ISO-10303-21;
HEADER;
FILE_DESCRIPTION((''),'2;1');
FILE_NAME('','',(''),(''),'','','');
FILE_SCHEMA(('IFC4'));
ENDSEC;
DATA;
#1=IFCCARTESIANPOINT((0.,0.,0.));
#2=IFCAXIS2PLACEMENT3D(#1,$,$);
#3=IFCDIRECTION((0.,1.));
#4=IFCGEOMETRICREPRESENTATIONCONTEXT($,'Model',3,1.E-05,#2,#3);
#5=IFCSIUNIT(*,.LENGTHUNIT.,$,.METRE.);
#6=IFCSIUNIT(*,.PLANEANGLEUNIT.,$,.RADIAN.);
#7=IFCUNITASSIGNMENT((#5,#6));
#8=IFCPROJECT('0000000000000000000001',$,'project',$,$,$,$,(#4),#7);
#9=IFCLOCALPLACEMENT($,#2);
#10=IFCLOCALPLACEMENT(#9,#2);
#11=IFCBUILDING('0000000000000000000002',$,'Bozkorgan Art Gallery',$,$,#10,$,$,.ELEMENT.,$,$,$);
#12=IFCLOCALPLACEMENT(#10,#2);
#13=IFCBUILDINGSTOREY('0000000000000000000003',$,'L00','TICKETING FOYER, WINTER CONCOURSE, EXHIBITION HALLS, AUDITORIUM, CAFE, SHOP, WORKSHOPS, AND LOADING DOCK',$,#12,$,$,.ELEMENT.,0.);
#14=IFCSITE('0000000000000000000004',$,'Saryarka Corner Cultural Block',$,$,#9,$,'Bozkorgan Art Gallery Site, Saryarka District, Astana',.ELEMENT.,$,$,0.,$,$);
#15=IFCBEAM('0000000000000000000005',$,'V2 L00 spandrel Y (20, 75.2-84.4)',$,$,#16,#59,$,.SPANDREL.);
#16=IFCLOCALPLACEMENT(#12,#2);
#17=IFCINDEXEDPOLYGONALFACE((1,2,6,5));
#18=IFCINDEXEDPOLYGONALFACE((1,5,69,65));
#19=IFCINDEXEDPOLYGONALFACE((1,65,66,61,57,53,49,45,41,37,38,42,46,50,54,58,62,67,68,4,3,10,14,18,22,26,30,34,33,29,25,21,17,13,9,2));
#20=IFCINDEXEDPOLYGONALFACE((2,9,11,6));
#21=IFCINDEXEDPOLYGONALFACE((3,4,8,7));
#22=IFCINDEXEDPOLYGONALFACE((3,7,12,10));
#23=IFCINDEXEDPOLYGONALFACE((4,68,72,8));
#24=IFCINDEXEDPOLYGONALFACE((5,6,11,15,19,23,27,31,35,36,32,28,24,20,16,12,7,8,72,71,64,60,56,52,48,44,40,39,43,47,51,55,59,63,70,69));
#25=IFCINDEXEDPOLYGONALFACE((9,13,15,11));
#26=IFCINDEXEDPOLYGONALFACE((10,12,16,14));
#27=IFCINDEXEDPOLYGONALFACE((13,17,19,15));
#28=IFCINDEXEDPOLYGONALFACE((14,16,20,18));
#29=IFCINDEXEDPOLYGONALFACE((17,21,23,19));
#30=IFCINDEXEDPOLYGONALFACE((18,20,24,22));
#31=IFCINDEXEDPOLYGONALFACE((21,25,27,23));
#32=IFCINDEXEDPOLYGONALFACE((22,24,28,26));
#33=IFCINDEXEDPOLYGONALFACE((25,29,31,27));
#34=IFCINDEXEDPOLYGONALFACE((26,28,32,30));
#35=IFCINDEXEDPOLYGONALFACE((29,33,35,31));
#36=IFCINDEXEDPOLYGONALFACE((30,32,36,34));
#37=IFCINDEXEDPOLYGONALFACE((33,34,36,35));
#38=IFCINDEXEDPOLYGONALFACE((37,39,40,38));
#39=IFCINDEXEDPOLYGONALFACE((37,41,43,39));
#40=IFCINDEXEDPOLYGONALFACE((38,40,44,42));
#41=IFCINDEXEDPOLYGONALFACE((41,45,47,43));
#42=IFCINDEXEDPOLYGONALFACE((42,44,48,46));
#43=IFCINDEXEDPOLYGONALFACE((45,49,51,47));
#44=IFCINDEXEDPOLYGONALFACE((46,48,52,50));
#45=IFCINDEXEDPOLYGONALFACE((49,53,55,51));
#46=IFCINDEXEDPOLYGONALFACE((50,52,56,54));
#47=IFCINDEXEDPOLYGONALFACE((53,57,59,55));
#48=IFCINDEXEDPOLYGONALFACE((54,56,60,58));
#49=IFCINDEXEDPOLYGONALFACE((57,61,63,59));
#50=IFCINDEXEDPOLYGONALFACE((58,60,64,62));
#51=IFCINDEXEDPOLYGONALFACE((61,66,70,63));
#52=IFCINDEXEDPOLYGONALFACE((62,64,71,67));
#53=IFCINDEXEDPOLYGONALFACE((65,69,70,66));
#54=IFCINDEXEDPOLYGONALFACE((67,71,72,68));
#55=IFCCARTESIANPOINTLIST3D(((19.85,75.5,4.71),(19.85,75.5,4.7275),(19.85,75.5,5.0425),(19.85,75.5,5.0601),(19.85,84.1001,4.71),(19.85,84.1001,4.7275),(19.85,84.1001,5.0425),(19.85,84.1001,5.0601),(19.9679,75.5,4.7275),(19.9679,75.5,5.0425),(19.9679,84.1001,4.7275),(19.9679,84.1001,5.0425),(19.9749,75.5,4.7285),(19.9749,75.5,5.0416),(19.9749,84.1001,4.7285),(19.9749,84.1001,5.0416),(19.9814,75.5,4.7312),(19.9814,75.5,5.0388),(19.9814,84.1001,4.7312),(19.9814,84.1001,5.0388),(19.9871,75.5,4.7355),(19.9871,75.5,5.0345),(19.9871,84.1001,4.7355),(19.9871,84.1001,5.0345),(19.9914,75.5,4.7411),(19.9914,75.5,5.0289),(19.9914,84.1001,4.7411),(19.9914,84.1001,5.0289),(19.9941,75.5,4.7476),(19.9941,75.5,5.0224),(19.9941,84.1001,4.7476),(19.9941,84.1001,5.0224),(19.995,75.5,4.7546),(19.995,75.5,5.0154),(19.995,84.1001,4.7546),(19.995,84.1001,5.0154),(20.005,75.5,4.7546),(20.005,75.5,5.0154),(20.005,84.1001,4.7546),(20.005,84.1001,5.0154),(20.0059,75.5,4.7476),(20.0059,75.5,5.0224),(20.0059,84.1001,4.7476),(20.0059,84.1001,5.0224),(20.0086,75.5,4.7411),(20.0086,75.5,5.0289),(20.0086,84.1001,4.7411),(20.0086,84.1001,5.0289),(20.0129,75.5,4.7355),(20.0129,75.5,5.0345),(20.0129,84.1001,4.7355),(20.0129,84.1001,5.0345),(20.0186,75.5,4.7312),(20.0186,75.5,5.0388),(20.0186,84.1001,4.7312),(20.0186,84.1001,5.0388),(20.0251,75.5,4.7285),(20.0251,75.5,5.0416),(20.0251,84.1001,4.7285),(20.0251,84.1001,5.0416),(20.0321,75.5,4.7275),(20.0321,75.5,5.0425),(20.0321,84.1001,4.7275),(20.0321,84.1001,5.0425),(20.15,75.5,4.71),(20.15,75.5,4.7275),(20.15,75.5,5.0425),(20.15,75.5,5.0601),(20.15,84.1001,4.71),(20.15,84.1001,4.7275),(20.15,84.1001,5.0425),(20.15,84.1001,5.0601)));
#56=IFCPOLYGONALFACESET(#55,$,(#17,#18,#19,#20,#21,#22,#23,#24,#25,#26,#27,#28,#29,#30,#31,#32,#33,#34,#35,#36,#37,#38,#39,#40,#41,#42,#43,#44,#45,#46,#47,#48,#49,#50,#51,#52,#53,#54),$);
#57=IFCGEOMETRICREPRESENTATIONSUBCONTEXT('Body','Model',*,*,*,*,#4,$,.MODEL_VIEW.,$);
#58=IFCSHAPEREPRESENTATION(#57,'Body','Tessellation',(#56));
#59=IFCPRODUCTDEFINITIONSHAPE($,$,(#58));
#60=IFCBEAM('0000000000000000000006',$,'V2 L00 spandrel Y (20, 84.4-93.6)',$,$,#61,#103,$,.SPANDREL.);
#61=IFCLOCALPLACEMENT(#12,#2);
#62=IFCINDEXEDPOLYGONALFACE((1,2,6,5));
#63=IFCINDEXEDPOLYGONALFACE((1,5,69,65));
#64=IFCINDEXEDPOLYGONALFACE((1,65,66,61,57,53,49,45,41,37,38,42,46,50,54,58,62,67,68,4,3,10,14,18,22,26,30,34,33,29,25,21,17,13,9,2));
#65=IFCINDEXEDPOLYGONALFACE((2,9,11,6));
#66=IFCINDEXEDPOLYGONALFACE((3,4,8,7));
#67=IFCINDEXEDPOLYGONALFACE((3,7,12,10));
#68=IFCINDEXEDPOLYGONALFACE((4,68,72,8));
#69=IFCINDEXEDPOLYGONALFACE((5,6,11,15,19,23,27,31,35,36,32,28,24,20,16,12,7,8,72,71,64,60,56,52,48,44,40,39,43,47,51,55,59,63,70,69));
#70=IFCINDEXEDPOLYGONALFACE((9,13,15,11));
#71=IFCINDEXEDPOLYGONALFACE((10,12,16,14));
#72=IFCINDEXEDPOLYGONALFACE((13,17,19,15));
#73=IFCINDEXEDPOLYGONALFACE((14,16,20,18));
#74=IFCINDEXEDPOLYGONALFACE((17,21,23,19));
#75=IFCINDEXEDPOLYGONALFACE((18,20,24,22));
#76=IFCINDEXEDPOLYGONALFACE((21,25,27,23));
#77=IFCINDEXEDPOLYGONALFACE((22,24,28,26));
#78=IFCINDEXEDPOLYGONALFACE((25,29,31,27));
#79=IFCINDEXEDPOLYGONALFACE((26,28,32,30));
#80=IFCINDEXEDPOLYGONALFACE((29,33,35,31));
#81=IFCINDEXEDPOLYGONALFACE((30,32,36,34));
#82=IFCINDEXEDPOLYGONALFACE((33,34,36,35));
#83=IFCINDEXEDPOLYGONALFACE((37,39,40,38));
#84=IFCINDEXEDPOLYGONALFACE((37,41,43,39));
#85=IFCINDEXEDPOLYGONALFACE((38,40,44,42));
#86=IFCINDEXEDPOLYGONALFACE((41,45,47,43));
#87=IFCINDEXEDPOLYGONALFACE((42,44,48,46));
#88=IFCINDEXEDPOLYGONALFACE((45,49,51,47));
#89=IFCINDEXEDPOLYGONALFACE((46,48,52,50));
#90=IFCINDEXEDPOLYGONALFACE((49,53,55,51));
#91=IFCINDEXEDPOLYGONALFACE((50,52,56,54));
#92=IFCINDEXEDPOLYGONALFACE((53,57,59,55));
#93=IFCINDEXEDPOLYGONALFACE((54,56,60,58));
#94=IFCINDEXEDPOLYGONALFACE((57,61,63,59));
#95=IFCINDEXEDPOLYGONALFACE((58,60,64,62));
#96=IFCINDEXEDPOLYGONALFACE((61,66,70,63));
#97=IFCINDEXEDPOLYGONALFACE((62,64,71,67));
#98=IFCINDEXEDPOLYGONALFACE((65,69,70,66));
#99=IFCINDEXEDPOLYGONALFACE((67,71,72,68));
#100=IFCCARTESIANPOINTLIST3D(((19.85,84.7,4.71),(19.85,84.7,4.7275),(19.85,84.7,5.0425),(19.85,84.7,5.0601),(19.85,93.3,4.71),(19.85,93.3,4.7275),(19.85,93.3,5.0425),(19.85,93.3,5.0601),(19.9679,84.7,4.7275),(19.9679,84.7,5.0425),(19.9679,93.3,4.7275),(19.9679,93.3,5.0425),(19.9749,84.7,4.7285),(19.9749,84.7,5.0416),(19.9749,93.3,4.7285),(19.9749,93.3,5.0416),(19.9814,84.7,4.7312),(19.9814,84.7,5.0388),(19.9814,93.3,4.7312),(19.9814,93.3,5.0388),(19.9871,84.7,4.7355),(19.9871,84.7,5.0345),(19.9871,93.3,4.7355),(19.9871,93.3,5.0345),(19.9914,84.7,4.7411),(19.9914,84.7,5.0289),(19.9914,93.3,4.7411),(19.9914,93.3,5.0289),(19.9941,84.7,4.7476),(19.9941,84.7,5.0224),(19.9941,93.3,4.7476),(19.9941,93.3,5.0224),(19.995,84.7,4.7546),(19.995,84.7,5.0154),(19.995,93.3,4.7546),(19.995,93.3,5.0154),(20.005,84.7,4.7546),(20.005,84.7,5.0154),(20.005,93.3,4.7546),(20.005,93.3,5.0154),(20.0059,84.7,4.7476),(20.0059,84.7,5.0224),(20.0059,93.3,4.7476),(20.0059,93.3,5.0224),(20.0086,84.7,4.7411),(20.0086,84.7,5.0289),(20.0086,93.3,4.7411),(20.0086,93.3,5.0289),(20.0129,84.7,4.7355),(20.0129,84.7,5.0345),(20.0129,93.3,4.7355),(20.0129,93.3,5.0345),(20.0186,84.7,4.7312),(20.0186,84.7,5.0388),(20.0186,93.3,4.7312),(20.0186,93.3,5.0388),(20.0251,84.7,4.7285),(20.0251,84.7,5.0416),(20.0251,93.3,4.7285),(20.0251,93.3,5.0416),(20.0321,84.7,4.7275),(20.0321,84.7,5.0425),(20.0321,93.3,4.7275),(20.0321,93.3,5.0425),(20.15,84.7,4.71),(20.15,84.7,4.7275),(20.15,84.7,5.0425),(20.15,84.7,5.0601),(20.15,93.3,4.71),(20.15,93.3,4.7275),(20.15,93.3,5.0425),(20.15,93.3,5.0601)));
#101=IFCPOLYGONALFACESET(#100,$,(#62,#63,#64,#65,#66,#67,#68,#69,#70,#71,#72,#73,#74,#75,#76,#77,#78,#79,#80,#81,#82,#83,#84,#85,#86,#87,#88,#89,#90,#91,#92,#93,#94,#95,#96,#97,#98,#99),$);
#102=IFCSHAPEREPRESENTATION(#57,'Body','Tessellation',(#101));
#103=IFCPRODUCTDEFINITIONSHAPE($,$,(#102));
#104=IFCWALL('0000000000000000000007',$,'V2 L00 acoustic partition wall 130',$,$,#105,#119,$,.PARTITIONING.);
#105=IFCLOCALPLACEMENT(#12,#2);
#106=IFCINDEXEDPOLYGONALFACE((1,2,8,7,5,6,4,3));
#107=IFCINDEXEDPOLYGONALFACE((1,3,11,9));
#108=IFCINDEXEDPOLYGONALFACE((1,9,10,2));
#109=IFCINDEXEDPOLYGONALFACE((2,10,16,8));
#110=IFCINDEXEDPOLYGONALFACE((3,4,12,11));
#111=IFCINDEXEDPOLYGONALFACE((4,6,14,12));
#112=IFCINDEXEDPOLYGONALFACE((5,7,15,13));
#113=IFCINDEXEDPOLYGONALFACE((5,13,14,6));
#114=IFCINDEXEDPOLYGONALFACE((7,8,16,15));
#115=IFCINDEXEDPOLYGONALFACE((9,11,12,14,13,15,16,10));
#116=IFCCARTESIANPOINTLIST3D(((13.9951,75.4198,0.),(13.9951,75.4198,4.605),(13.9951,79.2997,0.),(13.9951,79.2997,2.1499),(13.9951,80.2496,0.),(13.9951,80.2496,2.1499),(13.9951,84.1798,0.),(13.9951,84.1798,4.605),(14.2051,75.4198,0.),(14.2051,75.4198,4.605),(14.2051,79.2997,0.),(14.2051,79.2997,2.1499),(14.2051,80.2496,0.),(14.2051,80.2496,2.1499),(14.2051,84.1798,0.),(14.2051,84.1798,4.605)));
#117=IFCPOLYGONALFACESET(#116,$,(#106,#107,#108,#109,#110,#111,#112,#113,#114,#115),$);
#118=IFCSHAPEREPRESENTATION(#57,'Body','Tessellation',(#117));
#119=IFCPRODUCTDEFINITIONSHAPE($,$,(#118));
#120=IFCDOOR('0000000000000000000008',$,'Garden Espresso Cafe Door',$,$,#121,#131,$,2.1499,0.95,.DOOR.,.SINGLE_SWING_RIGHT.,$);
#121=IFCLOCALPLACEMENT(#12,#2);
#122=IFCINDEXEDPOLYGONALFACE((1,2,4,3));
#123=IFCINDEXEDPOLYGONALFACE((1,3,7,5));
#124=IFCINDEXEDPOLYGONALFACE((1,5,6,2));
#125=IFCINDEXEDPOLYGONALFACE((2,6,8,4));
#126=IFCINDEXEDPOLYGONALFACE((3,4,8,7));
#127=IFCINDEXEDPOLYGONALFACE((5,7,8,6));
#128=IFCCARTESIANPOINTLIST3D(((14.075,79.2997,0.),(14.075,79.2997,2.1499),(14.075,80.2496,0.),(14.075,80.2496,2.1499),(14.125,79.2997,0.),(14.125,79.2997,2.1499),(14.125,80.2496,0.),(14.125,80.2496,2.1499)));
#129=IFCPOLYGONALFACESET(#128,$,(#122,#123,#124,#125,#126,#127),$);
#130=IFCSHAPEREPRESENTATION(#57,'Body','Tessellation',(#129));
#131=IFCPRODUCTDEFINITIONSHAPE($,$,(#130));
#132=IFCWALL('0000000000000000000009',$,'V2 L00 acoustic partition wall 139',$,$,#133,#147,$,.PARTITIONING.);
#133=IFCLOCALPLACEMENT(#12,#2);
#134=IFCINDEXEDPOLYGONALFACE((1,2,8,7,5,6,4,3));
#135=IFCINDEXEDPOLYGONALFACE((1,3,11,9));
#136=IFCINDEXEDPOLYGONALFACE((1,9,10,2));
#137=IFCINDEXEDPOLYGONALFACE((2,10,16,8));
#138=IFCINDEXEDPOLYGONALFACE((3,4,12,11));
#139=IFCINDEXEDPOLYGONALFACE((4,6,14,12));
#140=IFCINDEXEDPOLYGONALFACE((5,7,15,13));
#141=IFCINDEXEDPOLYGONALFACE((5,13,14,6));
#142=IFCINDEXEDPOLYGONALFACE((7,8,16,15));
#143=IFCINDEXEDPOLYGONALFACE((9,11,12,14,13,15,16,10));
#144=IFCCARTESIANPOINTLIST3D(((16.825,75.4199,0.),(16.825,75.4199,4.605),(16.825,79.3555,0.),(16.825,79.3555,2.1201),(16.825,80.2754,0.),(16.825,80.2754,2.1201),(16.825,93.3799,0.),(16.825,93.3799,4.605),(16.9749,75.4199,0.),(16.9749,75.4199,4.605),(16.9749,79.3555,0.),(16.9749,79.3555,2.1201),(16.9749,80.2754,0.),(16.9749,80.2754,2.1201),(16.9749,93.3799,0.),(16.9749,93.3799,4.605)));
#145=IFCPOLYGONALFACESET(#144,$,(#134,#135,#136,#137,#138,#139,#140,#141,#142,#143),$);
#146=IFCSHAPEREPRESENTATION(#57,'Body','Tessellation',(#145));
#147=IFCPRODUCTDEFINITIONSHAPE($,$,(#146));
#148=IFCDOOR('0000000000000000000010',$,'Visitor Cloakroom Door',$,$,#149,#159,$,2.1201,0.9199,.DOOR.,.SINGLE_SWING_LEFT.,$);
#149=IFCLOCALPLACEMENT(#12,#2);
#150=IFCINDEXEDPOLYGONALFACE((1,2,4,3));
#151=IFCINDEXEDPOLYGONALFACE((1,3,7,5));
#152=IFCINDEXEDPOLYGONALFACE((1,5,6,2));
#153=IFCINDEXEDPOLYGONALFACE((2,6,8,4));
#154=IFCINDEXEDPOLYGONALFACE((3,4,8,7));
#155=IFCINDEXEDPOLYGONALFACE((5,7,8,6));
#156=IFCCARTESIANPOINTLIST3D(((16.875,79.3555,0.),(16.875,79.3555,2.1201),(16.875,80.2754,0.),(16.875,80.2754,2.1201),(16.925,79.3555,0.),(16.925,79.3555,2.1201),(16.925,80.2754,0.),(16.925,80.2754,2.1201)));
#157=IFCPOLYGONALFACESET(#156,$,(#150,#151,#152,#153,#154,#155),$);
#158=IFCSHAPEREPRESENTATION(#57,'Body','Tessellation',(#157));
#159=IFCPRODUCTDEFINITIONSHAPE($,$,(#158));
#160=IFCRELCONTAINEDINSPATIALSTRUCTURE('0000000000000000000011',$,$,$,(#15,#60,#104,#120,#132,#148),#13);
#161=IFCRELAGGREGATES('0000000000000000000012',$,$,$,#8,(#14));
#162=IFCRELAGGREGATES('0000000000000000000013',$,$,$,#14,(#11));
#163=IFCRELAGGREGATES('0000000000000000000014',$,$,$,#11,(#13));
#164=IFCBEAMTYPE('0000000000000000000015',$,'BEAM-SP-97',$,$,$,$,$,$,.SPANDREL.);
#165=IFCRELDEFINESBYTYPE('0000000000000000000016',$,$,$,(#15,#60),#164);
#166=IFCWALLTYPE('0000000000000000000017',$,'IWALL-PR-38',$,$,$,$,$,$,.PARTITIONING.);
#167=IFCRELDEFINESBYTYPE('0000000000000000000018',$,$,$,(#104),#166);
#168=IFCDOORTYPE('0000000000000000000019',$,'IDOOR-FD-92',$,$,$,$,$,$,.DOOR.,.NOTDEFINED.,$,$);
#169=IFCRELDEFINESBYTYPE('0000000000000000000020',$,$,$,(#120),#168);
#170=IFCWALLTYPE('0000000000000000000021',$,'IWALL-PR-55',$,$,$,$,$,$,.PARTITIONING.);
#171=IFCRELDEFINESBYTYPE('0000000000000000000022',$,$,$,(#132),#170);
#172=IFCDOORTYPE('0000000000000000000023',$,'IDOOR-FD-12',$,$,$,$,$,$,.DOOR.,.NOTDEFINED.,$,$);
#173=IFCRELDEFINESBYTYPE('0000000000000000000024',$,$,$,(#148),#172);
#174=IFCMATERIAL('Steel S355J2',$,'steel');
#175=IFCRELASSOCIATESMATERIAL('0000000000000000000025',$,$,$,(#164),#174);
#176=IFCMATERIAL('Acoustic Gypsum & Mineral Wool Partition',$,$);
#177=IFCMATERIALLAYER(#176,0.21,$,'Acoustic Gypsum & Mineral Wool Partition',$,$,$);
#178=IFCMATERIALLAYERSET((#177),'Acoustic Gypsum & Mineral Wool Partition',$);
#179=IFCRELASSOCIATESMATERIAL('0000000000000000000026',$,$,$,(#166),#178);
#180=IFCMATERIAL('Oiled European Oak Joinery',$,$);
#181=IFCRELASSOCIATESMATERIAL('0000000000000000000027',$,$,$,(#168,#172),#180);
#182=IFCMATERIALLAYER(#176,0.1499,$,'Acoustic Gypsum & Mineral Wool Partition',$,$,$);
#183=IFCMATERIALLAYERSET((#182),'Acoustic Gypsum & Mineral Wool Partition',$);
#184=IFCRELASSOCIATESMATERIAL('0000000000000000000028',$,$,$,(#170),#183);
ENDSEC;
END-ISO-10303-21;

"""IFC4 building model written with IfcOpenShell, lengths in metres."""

from ifc_helpers import new_model, si_unit, direction, frame, frame_2d, origin, origin_2d, place, context, subcontext, project, spatial, rectangle, i_section, extrude, material, layer, layer_set, material_profile, profile_set, type_object, element, fill, save


model = new_model("IFC4")

# Units and contexts
model_context = context("Model", 3, precision=1e-05, world=origin(), true_north=direction((0.0, 1.0)))
body_context = subcontext(model_context, "Body", "Model", "MODEL_VIEW")
ifc_project = project(units=[si_unit("LENGTHUNIT", "METRE"), si_unit("PLANEANGLEUNIT", "RADIAN")], contexts=[model_context])

# Site, building, storey
site_placement = place(None, origin())
site = spatial("IfcSite", under=ifc_project, at=site_placement, Name="Saryarka Corner Cultural Block", LongName="Bozkorgan Art Gallery Site, Saryarka District, Astana", CompositionType="ELEMENT", RefElevation=0.0)
building_placement = place(site_placement, origin())
building = spatial("IfcBuilding", under=site, at=building_placement, Name="Bozkorgan Art Gallery", CompositionType="ELEMENT")
storey_placement = place(building_placement, origin())
storey = spatial("IfcBuildingStorey", under=building, at=storey_placement, Name="L00", Description="TICKETING FOYER, WINTER CONCOURSE, EXHIBITION HALLS, AUDITORIUM, CAFE, SHOP, WORKSHOPS, AND LOADING DOCK", CompositionType="ELEMENT", Elevation=0.0)

# Beams
ifc_material_1 = material(Name="Steel S355J2", Category="steel")
ifc_material_profile_1 = material_profile(ifc_material_1, i_section(OverallWidth=0.3, OverallDepth=0.3501, WebThickness=0.01, FlangeThickness=0.0176, FilletRadius=0.0271, at=origin_2d()), Name="HEA 360")
ifc_profile_set_1 = profile_set([ifc_material_profile_1], Name="Steel S355J2")
beam_type_1 = type_object("IfcBeamType", Name="BEAM-SP-97", PredefinedType="SPANDREL", material=ifc_profile_set_1)
for number, where, z_axis, x_axis, name in (
    (1, (20.0, 75.5, 4.885), (0.0, 1.0, 0.0), (-1.0, 0.0, 0.0), "V2 L00 spandrel Y (20, 75.2-84.4)"),
    (2, (20.0, 84.7, 4.885), (0.0, 1.0, 0.0), (-1.0, 0.0, 0.0), "V2 L00 spandrel Y (20, 84.4-93.6)"),
):
    element("IfcBeam", number, at=place(storey_placement, frame(where, z_axis=z_axis, x_axis=x_axis)), inside=storey, type_object=beam_type_1, Name=name, PredefinedType="SPANDREL", context=body_context, shape_type="SweptSolid", body=[
        extrude(i_section(OverallWidth=0.3, OverallDepth=0.3501, WebThickness=0.01, FlangeThickness=0.0176, FilletRadius=0.0271, at=origin_2d()), origin(), (0.0, 0.0, 1.0), 8.6001),
    ])

# Walls, openings, doors
ifc_material_2 = material(Name="Acoustic Gypsum & Mineral Wool Partition")
ifc_layer_1 = layer(ifc_material_2, 0.21, Name="Acoustic Gypsum & Mineral Wool Partition")
ifc_layer_set_1 = layer_set([ifc_layer_1], Name="Acoustic Gypsum & Mineral Wool Partition")
wall_type_1 = type_object("IfcWallType", Name="IWALL-PR-38", PredefinedType="PARTITIONING", material=ifc_layer_set_1)
wall_1_placement = place(storey_placement, frame((14.1001, 75.4199, 0.0), z_axis=(0.0, 0.0, 1.0), x_axis=(0.0, 1.0, 0.0)))
wall_1 = element("IfcWall", 3, at=wall_1_placement, inside=storey, type_object=wall_type_1, Name="V2 L00 acoustic partition wall 130", PredefinedType="PARTITIONING", context=body_context, shape_type="SweptSolid", body=[
    extrude(rectangle(XDim=8.76, YDim=0.21, at=frame_2d((4.3799, 0.0))), origin(), (0.0, 0.0, 1.0), 4.605),
])
opening_1_placement = place(wall_1_placement, frame((4.8298, 0.0, 0.0), z_axis=(0.0, 0.0, 1.0), x_axis=(-1.0, 0.0, 0.0)))
opening_1 = element("IfcOpeningElement", 4, at=opening_1_placement, cuts=wall_1, PredefinedType="OPENING", context=body_context, shape_type="SweptSolid", body=[
    extrude(rectangle(XDim=0.95, YDim=2.1499, at=frame_2d((0.4751, 1.075))), frame((0.0, 0.115, 0.0), z_axis=(0.0, -1.0, 0.0), x_axis=(1.0, 0.0, 0.0)), (0.0, 0.0, 1.0), 0.23),
])
ifc_material_3 = material(Name="Oiled European Oak Joinery")
door_type_1 = type_object("IfcDoorType", Name="IDOOR-FD-92", OperationType="NOTDEFINED", PredefinedType="DOOR", material=ifc_material_3)
door_1_placement = place(opening_1_placement, origin())
door_1 = element("IfcDoor", 5, at=door_1_placement, inside=storey, type_object=door_type_1, Name="Garden Espresso Cafe Door", OperationType="SINGLE_SWING_RIGHT", OverallHeight=2.1499, OverallWidth=0.95, PredefinedType="DOOR", context=body_context, shape_type="SweptSolid", body=[
    extrude(rectangle(XDim=0.95, YDim=2.1499, at=frame_2d((0.4751, 1.075))), frame((0.0, 0.0249, 0.0), z_axis=(0.0, -1.0, 0.0), x_axis=(1.0, 0.0, 0.0)), (0.0, 0.0, 1.0), 0.05),
])
fill(opening_1, door_1)
ifc_layer_2 = layer(ifc_material_2, 0.1499, Name="Acoustic Gypsum & Mineral Wool Partition")
ifc_layer_set_2 = layer_set([ifc_layer_2], Name="Acoustic Gypsum & Mineral Wool Partition")
wall_type_2 = type_object("IfcWallType", Name="IWALL-PR-55", PredefinedType="PARTITIONING", material=ifc_layer_set_2)
wall_2_placement = place(storey_placement, frame((16.8999, 75.4199, 0.0), z_axis=(0.0, 0.0, 1.0), x_axis=(0.0, 1.0, 0.0)))
wall_2 = element("IfcWall", 6, at=wall_2_placement, inside=storey, type_object=wall_type_2, Name="V2 L00 acoustic partition wall 139", PredefinedType="PARTITIONING", context=body_context, shape_type="SweptSolid", body=[
    extrude(rectangle(XDim=17.96, YDim=0.1499, at=frame_2d((8.98, 0.0))), origin(), (0.0, 0.0, 1.0), 4.605),
])
opening_2_placement = place(wall_2_placement, frame((3.9355, 0.0, 0.0)))
opening_2 = element("IfcOpeningElement", 7, at=opening_2_placement, cuts=wall_2, PredefinedType="OPENING", context=body_context, shape_type="SweptSolid", body=[
    extrude(rectangle(XDim=0.9199, YDim=2.1201, at=frame_2d((0.46, 1.0601))), frame((0.0, 0.085, 0.0), z_axis=(0.0, -1.0, 0.0), x_axis=(1.0, 0.0, 0.0)), (0.0, 0.0, 1.0), 0.1699),
])
door_type_2 = type_object("IfcDoorType", Name="IDOOR-FD-12", OperationType="NOTDEFINED", PredefinedType="DOOR", material=ifc_material_3)
door_2_placement = place(opening_2_placement, origin())
door_2 = element("IfcDoor", 8, at=door_2_placement, inside=storey, type_object=door_type_2, Name="Visitor Cloakroom Door", OperationType="SINGLE_SWING_LEFT", OverallHeight=2.1201, OverallWidth=0.9199, PredefinedType="DOOR", context=body_context, shape_type="SweptSolid", body=[
    extrude(rectangle(XDim=0.9199, YDim=2.1201, at=frame_2d((0.46, 1.0601))), frame((0.0, 0.0249, 0.0), z_axis=(0.0, -1.0, 0.0), x_axis=(1.0, 0.0, 0.0)), (0.0, 0.0, 1.0), 0.05),
])
fill(opening_2, door_2)

save(model, "model.ifc")
